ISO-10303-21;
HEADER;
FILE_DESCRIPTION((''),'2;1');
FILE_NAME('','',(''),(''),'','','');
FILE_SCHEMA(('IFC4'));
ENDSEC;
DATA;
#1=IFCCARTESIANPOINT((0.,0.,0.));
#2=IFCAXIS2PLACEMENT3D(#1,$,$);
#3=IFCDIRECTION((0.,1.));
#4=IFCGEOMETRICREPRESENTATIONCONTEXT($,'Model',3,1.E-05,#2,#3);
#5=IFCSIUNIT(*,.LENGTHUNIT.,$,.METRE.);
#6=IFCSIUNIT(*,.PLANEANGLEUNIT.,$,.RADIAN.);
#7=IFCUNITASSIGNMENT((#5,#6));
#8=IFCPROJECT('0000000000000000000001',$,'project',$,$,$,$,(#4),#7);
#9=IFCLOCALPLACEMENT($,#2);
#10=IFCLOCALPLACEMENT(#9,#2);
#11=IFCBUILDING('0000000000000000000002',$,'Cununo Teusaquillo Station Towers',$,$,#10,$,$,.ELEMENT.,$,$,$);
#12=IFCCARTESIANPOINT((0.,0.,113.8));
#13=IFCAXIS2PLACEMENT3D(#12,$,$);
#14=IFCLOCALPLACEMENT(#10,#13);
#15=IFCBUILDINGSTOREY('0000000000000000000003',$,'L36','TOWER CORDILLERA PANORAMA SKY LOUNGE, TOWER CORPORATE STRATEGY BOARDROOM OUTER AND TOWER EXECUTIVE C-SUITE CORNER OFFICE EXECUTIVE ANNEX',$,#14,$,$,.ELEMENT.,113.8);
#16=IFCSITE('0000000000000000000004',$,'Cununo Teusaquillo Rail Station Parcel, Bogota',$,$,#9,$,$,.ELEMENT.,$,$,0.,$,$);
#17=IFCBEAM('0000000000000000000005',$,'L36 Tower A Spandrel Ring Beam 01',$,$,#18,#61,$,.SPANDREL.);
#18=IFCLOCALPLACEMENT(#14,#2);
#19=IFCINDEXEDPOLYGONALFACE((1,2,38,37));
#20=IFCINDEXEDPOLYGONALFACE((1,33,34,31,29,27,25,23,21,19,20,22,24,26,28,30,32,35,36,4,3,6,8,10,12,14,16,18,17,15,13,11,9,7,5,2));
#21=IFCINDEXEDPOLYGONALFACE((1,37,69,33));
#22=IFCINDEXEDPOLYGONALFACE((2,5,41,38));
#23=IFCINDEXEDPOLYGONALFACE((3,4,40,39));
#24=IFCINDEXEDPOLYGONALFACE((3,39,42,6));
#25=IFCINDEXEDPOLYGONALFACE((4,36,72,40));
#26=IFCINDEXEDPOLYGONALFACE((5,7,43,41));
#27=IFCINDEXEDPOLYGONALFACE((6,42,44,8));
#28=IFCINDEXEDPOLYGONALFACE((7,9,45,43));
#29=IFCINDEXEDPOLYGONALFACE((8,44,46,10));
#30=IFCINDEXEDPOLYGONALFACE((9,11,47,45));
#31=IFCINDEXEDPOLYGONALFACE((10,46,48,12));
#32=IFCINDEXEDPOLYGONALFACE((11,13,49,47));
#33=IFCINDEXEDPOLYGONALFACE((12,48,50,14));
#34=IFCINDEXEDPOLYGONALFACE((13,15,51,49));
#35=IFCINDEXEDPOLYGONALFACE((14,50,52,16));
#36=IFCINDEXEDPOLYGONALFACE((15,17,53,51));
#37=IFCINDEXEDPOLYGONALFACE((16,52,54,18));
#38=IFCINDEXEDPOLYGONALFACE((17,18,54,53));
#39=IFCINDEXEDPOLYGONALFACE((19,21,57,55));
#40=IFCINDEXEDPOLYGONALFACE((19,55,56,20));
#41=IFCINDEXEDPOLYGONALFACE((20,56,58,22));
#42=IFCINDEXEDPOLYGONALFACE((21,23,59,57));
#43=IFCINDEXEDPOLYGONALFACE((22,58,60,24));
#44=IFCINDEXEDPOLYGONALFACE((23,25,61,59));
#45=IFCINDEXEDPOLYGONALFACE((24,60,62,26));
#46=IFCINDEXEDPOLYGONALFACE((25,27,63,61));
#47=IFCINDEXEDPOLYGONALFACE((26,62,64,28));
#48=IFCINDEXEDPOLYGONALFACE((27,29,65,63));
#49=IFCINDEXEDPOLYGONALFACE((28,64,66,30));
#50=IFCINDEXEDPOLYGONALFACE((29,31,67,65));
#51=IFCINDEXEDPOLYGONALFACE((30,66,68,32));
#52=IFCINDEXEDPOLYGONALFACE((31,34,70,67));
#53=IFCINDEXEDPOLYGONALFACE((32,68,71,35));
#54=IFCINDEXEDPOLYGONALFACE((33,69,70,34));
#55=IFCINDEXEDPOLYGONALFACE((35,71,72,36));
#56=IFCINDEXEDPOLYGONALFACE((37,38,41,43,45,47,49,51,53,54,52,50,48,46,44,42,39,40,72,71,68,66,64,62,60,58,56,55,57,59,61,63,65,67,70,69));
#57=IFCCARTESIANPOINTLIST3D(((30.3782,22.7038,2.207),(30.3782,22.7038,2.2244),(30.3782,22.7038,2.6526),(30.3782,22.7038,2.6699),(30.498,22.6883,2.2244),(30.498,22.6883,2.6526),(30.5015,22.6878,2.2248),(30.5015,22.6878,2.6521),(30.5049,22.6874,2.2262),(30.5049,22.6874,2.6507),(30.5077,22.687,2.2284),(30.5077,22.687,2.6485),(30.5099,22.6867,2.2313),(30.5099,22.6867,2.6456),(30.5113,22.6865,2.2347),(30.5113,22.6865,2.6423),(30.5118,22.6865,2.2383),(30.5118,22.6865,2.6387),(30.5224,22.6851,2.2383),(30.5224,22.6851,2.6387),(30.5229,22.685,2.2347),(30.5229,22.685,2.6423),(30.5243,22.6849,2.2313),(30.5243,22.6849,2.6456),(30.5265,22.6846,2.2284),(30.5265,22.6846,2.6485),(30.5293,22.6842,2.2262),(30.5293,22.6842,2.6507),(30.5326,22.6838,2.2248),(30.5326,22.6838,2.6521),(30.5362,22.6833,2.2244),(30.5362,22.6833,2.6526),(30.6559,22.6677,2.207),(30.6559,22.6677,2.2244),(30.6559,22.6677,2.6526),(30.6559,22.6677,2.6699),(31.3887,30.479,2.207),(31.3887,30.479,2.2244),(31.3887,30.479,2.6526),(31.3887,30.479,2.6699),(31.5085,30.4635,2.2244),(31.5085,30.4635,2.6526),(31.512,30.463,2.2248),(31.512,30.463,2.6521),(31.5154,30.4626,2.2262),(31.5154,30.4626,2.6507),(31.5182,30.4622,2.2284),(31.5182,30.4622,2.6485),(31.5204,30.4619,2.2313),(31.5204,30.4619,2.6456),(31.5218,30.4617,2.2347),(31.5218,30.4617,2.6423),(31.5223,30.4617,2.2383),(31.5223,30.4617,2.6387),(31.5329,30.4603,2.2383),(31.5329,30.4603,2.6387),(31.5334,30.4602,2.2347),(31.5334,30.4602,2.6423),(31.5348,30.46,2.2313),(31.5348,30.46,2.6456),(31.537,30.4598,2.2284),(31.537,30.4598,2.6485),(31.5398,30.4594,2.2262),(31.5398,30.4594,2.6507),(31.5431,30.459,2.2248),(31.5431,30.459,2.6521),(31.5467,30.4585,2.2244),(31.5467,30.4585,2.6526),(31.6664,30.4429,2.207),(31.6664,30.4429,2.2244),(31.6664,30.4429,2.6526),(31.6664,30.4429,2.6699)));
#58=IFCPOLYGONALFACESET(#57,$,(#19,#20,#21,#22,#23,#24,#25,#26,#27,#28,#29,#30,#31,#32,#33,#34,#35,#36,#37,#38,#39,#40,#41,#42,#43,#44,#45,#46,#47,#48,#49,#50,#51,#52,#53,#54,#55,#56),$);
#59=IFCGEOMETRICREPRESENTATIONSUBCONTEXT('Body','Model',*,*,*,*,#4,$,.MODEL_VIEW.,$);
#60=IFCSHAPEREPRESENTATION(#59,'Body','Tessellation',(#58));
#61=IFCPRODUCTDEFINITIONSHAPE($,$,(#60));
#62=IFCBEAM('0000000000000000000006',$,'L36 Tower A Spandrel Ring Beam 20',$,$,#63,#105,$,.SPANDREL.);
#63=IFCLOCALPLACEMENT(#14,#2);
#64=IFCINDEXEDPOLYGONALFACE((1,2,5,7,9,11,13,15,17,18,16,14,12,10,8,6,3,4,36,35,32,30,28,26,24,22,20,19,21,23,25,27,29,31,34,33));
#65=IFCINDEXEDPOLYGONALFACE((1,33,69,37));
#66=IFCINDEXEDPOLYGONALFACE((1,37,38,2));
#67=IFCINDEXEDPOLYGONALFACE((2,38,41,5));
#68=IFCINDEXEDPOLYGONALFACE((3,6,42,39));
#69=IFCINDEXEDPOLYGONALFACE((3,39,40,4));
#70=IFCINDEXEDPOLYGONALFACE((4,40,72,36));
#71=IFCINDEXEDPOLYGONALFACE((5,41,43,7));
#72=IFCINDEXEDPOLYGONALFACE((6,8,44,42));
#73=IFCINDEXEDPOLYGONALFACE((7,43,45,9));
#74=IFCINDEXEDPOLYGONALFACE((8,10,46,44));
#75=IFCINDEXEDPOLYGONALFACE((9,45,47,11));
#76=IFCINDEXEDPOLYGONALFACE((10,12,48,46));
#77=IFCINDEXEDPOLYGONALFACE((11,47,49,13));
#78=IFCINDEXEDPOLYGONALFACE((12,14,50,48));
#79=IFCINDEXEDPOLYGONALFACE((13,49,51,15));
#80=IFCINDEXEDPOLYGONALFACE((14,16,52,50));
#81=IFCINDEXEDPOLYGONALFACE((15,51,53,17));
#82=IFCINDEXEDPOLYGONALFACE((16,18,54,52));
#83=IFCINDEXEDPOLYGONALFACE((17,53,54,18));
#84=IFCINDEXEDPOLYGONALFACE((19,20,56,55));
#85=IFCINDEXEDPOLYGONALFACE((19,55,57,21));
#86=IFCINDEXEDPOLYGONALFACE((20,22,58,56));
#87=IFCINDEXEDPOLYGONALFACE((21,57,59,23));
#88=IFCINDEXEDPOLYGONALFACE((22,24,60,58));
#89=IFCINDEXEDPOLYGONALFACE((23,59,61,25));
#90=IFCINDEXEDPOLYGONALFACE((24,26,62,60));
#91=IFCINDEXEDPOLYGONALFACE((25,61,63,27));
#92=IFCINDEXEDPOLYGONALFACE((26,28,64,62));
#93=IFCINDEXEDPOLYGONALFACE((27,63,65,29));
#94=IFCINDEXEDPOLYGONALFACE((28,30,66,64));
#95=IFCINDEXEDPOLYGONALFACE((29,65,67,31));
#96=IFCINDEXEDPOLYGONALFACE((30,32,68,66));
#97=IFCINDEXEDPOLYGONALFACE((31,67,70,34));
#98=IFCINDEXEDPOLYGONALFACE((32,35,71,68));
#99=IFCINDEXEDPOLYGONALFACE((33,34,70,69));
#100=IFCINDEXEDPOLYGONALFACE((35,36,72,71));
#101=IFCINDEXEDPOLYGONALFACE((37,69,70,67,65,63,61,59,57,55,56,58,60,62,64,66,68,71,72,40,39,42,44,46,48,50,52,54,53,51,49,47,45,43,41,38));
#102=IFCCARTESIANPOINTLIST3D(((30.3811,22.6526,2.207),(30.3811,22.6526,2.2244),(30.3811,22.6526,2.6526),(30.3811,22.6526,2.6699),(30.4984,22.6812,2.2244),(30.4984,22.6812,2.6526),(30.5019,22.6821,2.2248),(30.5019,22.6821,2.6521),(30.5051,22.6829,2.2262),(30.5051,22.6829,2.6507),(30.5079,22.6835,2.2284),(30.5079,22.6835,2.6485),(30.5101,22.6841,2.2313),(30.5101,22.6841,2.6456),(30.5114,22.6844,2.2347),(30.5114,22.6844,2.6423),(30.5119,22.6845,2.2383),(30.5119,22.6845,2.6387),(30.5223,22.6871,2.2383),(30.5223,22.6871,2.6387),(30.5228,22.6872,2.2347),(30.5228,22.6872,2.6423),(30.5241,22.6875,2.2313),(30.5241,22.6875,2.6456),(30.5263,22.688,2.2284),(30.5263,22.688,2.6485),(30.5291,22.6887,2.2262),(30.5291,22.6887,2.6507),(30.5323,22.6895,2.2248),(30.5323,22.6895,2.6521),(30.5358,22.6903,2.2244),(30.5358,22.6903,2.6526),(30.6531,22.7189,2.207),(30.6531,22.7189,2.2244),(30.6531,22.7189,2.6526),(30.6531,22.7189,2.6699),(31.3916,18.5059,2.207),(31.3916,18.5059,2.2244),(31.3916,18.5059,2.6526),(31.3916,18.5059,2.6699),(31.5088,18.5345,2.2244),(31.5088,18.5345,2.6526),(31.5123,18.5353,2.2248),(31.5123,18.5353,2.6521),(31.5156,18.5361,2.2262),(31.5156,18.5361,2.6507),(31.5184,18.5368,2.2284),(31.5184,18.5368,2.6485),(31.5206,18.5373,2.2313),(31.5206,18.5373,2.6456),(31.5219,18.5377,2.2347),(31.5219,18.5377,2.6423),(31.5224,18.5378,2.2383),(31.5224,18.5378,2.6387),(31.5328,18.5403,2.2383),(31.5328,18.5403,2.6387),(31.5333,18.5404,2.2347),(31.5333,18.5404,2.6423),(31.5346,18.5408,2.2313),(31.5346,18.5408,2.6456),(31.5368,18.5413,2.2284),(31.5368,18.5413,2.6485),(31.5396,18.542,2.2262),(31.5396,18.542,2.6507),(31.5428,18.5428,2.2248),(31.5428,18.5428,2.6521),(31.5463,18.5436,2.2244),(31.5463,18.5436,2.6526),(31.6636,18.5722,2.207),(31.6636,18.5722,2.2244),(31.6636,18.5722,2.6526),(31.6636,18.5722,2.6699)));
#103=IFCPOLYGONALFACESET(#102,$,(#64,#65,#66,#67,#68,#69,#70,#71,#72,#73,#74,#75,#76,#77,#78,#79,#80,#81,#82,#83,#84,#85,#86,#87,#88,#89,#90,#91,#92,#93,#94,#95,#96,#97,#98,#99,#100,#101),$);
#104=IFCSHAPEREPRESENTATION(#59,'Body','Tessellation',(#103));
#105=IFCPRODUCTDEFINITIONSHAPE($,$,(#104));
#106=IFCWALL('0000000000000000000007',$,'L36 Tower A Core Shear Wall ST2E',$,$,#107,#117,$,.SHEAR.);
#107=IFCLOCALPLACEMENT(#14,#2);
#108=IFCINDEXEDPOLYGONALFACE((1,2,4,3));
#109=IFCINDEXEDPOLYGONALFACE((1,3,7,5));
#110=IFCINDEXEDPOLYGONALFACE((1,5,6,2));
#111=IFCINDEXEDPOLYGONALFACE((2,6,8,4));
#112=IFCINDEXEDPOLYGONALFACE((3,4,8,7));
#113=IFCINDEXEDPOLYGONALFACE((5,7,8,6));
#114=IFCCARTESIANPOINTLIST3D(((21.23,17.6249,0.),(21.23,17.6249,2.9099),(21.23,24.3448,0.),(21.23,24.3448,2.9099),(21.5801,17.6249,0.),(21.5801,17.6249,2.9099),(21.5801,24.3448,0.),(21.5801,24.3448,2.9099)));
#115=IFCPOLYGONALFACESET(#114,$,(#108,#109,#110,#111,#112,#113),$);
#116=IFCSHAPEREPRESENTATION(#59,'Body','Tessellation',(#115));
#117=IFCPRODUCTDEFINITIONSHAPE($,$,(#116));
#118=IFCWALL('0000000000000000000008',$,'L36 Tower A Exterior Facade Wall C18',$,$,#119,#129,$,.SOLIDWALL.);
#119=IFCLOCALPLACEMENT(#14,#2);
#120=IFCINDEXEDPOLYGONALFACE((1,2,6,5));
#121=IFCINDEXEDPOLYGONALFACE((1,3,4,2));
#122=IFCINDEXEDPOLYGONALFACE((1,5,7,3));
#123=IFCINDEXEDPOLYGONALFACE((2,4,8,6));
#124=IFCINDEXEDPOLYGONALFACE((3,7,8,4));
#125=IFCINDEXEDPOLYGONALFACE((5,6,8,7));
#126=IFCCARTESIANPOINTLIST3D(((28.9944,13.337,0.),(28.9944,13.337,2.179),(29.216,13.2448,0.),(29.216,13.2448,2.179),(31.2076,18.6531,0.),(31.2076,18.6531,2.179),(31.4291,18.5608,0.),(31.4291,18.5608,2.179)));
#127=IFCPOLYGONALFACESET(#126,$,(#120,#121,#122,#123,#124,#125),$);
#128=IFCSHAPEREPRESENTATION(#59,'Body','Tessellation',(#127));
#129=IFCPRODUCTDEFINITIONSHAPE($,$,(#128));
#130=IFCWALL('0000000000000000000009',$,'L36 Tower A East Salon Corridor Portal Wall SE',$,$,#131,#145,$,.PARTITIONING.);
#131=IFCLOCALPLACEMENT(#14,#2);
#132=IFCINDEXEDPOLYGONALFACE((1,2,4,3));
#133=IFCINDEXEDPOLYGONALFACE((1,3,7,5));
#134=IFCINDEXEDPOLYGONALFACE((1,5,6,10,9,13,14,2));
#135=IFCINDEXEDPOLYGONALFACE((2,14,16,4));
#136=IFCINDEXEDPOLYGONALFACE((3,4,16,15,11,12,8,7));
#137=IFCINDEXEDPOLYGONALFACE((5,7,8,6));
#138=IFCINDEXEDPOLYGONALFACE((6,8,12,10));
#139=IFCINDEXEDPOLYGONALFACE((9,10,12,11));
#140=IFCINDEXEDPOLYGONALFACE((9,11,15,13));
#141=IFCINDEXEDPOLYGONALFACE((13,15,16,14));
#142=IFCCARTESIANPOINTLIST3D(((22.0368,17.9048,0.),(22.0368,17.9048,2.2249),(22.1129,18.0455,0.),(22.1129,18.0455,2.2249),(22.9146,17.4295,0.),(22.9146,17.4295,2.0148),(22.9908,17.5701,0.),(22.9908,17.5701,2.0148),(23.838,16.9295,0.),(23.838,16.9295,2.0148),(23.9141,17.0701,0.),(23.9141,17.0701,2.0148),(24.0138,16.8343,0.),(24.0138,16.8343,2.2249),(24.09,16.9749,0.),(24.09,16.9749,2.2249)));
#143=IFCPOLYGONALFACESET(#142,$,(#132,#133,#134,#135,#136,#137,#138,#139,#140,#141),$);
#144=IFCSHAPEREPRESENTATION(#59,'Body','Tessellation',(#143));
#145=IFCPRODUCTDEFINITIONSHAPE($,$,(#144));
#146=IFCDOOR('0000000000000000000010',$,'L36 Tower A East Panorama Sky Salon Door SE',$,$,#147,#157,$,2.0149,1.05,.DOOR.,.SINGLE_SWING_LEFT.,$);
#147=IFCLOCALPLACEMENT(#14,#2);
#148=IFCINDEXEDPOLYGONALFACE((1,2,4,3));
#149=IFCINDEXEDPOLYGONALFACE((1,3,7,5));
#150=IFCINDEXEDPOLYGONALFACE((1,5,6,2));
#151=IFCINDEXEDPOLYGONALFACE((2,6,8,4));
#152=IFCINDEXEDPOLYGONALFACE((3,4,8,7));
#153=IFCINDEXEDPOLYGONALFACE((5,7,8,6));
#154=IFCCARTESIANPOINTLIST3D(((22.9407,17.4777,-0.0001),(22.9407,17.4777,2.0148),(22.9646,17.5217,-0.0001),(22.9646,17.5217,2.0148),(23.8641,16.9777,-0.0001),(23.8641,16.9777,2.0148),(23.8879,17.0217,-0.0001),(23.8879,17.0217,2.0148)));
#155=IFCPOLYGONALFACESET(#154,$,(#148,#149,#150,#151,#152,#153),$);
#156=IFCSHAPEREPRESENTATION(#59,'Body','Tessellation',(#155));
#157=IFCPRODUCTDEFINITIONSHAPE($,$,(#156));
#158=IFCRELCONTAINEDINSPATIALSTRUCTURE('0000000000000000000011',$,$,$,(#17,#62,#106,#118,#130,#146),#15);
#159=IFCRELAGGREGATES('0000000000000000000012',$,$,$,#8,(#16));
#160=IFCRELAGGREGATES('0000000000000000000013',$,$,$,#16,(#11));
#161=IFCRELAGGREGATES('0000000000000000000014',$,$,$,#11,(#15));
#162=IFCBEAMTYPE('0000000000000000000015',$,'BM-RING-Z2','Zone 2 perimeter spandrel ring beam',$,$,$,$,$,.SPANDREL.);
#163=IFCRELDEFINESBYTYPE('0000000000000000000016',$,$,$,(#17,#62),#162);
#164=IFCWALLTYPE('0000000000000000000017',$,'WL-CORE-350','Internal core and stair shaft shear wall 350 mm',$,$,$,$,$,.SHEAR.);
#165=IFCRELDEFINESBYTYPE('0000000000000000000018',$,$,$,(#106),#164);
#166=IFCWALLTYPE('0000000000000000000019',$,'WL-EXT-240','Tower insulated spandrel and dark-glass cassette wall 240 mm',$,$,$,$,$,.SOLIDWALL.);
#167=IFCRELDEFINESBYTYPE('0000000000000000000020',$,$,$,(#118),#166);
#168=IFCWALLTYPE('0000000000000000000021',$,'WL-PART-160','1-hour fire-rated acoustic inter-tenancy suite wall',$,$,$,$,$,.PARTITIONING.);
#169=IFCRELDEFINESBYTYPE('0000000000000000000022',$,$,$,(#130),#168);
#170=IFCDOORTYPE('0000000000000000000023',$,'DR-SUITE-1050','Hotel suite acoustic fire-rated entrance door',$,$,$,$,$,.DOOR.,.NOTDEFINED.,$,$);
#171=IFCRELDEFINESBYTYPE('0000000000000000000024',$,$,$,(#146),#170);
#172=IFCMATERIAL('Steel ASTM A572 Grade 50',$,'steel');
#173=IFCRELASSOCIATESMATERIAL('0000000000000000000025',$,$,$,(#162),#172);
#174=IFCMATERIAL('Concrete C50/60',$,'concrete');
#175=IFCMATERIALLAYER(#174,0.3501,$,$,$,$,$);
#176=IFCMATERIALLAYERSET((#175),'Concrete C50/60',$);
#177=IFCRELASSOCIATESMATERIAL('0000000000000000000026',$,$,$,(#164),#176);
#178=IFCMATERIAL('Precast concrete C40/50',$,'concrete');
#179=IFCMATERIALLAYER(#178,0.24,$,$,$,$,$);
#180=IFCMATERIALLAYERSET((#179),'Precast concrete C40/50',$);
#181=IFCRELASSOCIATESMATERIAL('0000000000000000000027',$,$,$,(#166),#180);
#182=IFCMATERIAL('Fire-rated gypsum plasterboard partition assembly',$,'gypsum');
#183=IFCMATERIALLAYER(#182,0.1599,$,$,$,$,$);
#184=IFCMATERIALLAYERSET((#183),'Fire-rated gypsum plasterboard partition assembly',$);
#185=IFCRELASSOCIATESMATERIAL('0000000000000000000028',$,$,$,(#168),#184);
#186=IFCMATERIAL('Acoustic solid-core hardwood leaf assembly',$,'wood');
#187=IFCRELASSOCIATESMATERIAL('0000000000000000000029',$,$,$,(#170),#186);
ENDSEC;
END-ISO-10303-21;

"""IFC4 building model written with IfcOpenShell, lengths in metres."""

from ifc_helpers import new_model, si_unit, direction, frame, frame_2d, origin, origin_2d, place, context, subcontext, project, spatial, rectangle, i_section, extrude, source, transform, mapped, material, layer, layer_set, material_profile, profile_set, type_object, element, fill, save


model = new_model("IFC4")

# Units and contexts
model_context = context("Model", 3, precision=1e-05, world=origin(), true_north=direction((0.0, 1.0)))
body_context = subcontext(model_context, "Body", "Model", "MODEL_VIEW")
ifc_project = project(units=[si_unit("LENGTHUNIT", "METRE"), si_unit("PLANEANGLEUNIT", "RADIAN")], contexts=[model_context])

# Site, building, storey
site_placement = place(None, origin())
site = spatial("IfcSite", under=ifc_project, at=site_placement, Name="Cununo Teusaquillo Rail Station Parcel, Bogota", CompositionType="ELEMENT", RefElevation=0.0)
building_placement = place(site_placement, origin())
building = spatial("IfcBuilding", under=site, at=building_placement, Name="Cununo Teusaquillo Station Towers", CompositionType="ELEMENT")
storey_placement = place(building_placement, frame((0.0, 0.0, 113.8)))
storey = spatial("IfcBuildingStorey", under=building, at=storey_placement, Name="L36", Description="TOWER CORDILLERA PANORAMA SKY LOUNGE, TOWER CORPORATE STRATEGY BOARDROOM OUTER AND TOWER EXECUTIVE C-SUITE CORNER OFFICE EXECUTIVE ANNEX", CompositionType="ELEMENT", Elevation=113.8)

# Beams
ifc_material_1 = material(Name="Steel ASTM A572 Grade 50", Category="steel")
ifc_material_profile_1 = material_profile(ifc_material_1, i_section(OverallWidth=0.28, OverallDepth=0.4629, WebThickness=0.0107, FlangeThickness=0.0173, FilletRadius=0.0139, at=origin_2d()), Name="W18X76")
ifc_profile_set_1 = profile_set([ifc_material_profile_1], Name="Steel ASTM A572 Grade 50")
beam_type_1 = type_object("IfcBeamType", Name="BM-RING-Z2", Description="Zone 2 perimeter spandrel ring beam", PredefinedType="SPANDREL", material=ifc_profile_set_1)
beam_1_placement = place(storey_placement, frame((30.5171, 22.6858, 2.4385), z_axis=(0.128881, 0.99166, 0.0), x_axis=(-0.99166, 0.128881, 0.0)))
element("IfcBeam", 1, at=beam_1_placement, inside=storey, type_object=beam_type_1, Name="L36 Tower A Spandrel Ring Beam 01", PredefinedType="SPANDREL", context=body_context, shape_type="SweptSolid", body=[
    extrude(i_section(OverallWidth=0.28, OverallDepth=0.4629, WebThickness=0.0107, FlangeThickness=0.0173, FilletRadius=0.0139, at=origin_2d()), origin(), (0.0, 0.0, 1.0), 7.8406),
])
beam_2_placement = place(storey_placement, frame((31.5276, 18.5391, 2.4385), z_axis=(-0.236757, 0.971569, 0.0), x_axis=(-0.971569, -0.236757, 0.0)))
element("IfcBeam", 2, at=beam_2_placement, inside=storey, type_object=beam_type_1, Name="L36 Tower A Spandrel Ring Beam 20", PredefinedType="SPANDREL", context=body_context, shape_type="SweptSolid", body=[
    extrude(i_section(OverallWidth=0.28, OverallDepth=0.4629, WebThickness=0.0107, FlangeThickness=0.0173, FilletRadius=0.0139, at=origin_2d()), origin(), (0.0, 0.0, 1.0), 4.2681),
])

# Walls
ifc_material_2 = material(Name="Concrete C50/60", Category="concrete")
ifc_layer_1 = layer(ifc_material_2, 0.3501)
ifc_layer_set_1 = layer_set([ifc_layer_1], Name="Concrete C50/60")
wall_type_1 = type_object("IfcWallType", Name="WL-CORE-350", Description="Internal core and stair shaft shear wall 350 mm", PredefinedType="SHEAR", material=ifc_layer_set_1)
wall_1_placement = place(storey_placement, frame((21.405, 17.625, 0.0), z_axis=(0.0, 0.0, 1.0), x_axis=(0.0, 1.0, 0.0)))
element("IfcWall", 3, at=wall_1_placement, inside=storey, type_object=wall_type_1, Name="L36 Tower A Core Shear Wall ST2E", PredefinedType="SHEAR", context=body_context, shape_type="SweptSolid", body=[
    extrude(rectangle(XDim=6.72, YDim=0.3501, at=frame_2d((3.3599, 0.0))), origin(), (0.0, 0.0, 1.0), 2.9099),
])
ifc_material_3 = material(Name="Precast concrete C40/50", Category="concrete")
ifc_layer_2 = layer(ifc_material_3, 0.24)
ifc_layer_set_2 = layer_set([ifc_layer_2], Name="Precast concrete C40/50")
wall_type_2 = type_object("IfcWallType", Name="WL-EXT-240", Description="Tower insulated spandrel and dark-glass cassette wall 240 mm", PredefinedType="SOLIDWALL", material=ifc_layer_set_2)
wall_2_placement = place(storey_placement, frame((31.3184, 18.6069, 0.0), z_axis=(0.0, 0.0, 1.0), x_axis=(-0.384344, -0.92319, 0.0)))
element("IfcWall", 4, at=wall_2_placement, inside=storey, type_object=wall_type_2, Name="L36 Tower A Exterior Facade Wall C18", PredefinedType="SOLIDWALL", context=body_context, shape_type="SweptSolid", body=[
    extrude(rectangle(XDim=5.7583, YDim=0.24, at=frame_2d((2.8792, 0.0))), origin(), (0.0, 0.0, 1.0), 2.179),
])

# Wall, opening, door
ifc_material_4 = material(Name="Fire-rated gypsum plasterboard partition assembly", Category="gypsum")
ifc_layer_3 = layer(ifc_material_4, 0.1599)
ifc_layer_set_3 = layer_set([ifc_layer_3], Name="Fire-rated gypsum plasterboard partition assembly")
wall_type_3 = type_object("IfcWallType", Name="WL-PART-160", Description="1-hour fire-rated acoustic inter-tenancy suite wall", PredefinedType="PARTITIONING", material=ifc_layer_set_3)
wall_3_placement = place(storey_placement, frame((22.075, 17.9751, 0.0), z_axis=(0.0, 0.0, 1.0), x_axis=(0.879356, -0.476164, 0.0)))
wall_3 = element("IfcWall", 5, at=wall_3_placement, inside=storey, type_object=wall_type_3, Name="L36 Tower A East Salon Corridor Portal Wall SE", PredefinedType="PARTITIONING", context=body_context, shape_type="SweptSolid", body=[
    extrude(rectangle(XDim=2.2483, YDim=0.1599, at=frame_2d((1.124, 0.0))), origin(), (0.0, 0.0, 1.0), 2.2249),
])
shared_shape_1 = source(origin(), body_context, "Body", "SweptSolid", [
    extrude(rectangle(XDim=1.05, YDim=2.0149, at=frame_2d((0.5249, 1.0073))), frame((0.0, 0.0898, 0.0), z_axis=(0.0, -1.0, 0.0), x_axis=(1.0, 0.0, 0.0)), (0.0, 0.0, 1.0), 0.1799),
])
opening_placement = place(wall_3_placement, frame((0.9983, 0.0, 0.0)))
opening = element("IfcOpeningElement", 6, at=opening_placement, cuts=wall_3, PredefinedType="OPENING", context=body_context, shape_type="MappedRepresentation", body=[
    mapped(shared_shape_1, transform((0.0, 0.0, 0.0), x_axis=(1.0, 0.0, 0.0), y_axis=(0.0, 1.0, 0.0), z_axis=(0.0, 0.0, 1.0), scale=1.0)),
])
ifc_material_5 = material(Name="Acoustic solid-core hardwood leaf assembly", Category="wood")
door_type = type_object("IfcDoorType", Name="DR-SUITE-1050", Description="Hotel suite acoustic fire-rated entrance door", OperationType="NOTDEFINED", PredefinedType="DOOR", material=ifc_material_5)
shared_shape_2 = source(origin(), body_context, "Body", "SweptSolid", [
    extrude(rectangle(XDim=1.05, YDim=2.0149, at=frame_2d((0.5249, 1.0073))), frame((0.0, 0.0249, 0.0), z_axis=(0.0, -1.0, 0.0), x_axis=(1.0, 0.0, 0.0)), (0.0, 0.0, 1.0), 0.05),
])
door_placement = place(opening_placement, origin())
door = element("IfcDoor", 7, at=door_placement, inside=storey, type_object=door_type, Name="L36 Tower A East Panorama Sky Salon Door SE", OperationType="SINGLE_SWING_LEFT", OverallHeight=2.0149, OverallWidth=1.05, PredefinedType="DOOR", context=body_context, shape_type="MappedRepresentation", body=[
    mapped(shared_shape_2, transform((0.0, 0.0, 0.0), x_axis=(1.0, 0.0, 0.0), y_axis=(0.0, 1.0, 0.0), z_axis=(0.0, 0.0, 1.0), scale=1.0)),
])
fill(opening, door)

save(model, "model.ifc")
